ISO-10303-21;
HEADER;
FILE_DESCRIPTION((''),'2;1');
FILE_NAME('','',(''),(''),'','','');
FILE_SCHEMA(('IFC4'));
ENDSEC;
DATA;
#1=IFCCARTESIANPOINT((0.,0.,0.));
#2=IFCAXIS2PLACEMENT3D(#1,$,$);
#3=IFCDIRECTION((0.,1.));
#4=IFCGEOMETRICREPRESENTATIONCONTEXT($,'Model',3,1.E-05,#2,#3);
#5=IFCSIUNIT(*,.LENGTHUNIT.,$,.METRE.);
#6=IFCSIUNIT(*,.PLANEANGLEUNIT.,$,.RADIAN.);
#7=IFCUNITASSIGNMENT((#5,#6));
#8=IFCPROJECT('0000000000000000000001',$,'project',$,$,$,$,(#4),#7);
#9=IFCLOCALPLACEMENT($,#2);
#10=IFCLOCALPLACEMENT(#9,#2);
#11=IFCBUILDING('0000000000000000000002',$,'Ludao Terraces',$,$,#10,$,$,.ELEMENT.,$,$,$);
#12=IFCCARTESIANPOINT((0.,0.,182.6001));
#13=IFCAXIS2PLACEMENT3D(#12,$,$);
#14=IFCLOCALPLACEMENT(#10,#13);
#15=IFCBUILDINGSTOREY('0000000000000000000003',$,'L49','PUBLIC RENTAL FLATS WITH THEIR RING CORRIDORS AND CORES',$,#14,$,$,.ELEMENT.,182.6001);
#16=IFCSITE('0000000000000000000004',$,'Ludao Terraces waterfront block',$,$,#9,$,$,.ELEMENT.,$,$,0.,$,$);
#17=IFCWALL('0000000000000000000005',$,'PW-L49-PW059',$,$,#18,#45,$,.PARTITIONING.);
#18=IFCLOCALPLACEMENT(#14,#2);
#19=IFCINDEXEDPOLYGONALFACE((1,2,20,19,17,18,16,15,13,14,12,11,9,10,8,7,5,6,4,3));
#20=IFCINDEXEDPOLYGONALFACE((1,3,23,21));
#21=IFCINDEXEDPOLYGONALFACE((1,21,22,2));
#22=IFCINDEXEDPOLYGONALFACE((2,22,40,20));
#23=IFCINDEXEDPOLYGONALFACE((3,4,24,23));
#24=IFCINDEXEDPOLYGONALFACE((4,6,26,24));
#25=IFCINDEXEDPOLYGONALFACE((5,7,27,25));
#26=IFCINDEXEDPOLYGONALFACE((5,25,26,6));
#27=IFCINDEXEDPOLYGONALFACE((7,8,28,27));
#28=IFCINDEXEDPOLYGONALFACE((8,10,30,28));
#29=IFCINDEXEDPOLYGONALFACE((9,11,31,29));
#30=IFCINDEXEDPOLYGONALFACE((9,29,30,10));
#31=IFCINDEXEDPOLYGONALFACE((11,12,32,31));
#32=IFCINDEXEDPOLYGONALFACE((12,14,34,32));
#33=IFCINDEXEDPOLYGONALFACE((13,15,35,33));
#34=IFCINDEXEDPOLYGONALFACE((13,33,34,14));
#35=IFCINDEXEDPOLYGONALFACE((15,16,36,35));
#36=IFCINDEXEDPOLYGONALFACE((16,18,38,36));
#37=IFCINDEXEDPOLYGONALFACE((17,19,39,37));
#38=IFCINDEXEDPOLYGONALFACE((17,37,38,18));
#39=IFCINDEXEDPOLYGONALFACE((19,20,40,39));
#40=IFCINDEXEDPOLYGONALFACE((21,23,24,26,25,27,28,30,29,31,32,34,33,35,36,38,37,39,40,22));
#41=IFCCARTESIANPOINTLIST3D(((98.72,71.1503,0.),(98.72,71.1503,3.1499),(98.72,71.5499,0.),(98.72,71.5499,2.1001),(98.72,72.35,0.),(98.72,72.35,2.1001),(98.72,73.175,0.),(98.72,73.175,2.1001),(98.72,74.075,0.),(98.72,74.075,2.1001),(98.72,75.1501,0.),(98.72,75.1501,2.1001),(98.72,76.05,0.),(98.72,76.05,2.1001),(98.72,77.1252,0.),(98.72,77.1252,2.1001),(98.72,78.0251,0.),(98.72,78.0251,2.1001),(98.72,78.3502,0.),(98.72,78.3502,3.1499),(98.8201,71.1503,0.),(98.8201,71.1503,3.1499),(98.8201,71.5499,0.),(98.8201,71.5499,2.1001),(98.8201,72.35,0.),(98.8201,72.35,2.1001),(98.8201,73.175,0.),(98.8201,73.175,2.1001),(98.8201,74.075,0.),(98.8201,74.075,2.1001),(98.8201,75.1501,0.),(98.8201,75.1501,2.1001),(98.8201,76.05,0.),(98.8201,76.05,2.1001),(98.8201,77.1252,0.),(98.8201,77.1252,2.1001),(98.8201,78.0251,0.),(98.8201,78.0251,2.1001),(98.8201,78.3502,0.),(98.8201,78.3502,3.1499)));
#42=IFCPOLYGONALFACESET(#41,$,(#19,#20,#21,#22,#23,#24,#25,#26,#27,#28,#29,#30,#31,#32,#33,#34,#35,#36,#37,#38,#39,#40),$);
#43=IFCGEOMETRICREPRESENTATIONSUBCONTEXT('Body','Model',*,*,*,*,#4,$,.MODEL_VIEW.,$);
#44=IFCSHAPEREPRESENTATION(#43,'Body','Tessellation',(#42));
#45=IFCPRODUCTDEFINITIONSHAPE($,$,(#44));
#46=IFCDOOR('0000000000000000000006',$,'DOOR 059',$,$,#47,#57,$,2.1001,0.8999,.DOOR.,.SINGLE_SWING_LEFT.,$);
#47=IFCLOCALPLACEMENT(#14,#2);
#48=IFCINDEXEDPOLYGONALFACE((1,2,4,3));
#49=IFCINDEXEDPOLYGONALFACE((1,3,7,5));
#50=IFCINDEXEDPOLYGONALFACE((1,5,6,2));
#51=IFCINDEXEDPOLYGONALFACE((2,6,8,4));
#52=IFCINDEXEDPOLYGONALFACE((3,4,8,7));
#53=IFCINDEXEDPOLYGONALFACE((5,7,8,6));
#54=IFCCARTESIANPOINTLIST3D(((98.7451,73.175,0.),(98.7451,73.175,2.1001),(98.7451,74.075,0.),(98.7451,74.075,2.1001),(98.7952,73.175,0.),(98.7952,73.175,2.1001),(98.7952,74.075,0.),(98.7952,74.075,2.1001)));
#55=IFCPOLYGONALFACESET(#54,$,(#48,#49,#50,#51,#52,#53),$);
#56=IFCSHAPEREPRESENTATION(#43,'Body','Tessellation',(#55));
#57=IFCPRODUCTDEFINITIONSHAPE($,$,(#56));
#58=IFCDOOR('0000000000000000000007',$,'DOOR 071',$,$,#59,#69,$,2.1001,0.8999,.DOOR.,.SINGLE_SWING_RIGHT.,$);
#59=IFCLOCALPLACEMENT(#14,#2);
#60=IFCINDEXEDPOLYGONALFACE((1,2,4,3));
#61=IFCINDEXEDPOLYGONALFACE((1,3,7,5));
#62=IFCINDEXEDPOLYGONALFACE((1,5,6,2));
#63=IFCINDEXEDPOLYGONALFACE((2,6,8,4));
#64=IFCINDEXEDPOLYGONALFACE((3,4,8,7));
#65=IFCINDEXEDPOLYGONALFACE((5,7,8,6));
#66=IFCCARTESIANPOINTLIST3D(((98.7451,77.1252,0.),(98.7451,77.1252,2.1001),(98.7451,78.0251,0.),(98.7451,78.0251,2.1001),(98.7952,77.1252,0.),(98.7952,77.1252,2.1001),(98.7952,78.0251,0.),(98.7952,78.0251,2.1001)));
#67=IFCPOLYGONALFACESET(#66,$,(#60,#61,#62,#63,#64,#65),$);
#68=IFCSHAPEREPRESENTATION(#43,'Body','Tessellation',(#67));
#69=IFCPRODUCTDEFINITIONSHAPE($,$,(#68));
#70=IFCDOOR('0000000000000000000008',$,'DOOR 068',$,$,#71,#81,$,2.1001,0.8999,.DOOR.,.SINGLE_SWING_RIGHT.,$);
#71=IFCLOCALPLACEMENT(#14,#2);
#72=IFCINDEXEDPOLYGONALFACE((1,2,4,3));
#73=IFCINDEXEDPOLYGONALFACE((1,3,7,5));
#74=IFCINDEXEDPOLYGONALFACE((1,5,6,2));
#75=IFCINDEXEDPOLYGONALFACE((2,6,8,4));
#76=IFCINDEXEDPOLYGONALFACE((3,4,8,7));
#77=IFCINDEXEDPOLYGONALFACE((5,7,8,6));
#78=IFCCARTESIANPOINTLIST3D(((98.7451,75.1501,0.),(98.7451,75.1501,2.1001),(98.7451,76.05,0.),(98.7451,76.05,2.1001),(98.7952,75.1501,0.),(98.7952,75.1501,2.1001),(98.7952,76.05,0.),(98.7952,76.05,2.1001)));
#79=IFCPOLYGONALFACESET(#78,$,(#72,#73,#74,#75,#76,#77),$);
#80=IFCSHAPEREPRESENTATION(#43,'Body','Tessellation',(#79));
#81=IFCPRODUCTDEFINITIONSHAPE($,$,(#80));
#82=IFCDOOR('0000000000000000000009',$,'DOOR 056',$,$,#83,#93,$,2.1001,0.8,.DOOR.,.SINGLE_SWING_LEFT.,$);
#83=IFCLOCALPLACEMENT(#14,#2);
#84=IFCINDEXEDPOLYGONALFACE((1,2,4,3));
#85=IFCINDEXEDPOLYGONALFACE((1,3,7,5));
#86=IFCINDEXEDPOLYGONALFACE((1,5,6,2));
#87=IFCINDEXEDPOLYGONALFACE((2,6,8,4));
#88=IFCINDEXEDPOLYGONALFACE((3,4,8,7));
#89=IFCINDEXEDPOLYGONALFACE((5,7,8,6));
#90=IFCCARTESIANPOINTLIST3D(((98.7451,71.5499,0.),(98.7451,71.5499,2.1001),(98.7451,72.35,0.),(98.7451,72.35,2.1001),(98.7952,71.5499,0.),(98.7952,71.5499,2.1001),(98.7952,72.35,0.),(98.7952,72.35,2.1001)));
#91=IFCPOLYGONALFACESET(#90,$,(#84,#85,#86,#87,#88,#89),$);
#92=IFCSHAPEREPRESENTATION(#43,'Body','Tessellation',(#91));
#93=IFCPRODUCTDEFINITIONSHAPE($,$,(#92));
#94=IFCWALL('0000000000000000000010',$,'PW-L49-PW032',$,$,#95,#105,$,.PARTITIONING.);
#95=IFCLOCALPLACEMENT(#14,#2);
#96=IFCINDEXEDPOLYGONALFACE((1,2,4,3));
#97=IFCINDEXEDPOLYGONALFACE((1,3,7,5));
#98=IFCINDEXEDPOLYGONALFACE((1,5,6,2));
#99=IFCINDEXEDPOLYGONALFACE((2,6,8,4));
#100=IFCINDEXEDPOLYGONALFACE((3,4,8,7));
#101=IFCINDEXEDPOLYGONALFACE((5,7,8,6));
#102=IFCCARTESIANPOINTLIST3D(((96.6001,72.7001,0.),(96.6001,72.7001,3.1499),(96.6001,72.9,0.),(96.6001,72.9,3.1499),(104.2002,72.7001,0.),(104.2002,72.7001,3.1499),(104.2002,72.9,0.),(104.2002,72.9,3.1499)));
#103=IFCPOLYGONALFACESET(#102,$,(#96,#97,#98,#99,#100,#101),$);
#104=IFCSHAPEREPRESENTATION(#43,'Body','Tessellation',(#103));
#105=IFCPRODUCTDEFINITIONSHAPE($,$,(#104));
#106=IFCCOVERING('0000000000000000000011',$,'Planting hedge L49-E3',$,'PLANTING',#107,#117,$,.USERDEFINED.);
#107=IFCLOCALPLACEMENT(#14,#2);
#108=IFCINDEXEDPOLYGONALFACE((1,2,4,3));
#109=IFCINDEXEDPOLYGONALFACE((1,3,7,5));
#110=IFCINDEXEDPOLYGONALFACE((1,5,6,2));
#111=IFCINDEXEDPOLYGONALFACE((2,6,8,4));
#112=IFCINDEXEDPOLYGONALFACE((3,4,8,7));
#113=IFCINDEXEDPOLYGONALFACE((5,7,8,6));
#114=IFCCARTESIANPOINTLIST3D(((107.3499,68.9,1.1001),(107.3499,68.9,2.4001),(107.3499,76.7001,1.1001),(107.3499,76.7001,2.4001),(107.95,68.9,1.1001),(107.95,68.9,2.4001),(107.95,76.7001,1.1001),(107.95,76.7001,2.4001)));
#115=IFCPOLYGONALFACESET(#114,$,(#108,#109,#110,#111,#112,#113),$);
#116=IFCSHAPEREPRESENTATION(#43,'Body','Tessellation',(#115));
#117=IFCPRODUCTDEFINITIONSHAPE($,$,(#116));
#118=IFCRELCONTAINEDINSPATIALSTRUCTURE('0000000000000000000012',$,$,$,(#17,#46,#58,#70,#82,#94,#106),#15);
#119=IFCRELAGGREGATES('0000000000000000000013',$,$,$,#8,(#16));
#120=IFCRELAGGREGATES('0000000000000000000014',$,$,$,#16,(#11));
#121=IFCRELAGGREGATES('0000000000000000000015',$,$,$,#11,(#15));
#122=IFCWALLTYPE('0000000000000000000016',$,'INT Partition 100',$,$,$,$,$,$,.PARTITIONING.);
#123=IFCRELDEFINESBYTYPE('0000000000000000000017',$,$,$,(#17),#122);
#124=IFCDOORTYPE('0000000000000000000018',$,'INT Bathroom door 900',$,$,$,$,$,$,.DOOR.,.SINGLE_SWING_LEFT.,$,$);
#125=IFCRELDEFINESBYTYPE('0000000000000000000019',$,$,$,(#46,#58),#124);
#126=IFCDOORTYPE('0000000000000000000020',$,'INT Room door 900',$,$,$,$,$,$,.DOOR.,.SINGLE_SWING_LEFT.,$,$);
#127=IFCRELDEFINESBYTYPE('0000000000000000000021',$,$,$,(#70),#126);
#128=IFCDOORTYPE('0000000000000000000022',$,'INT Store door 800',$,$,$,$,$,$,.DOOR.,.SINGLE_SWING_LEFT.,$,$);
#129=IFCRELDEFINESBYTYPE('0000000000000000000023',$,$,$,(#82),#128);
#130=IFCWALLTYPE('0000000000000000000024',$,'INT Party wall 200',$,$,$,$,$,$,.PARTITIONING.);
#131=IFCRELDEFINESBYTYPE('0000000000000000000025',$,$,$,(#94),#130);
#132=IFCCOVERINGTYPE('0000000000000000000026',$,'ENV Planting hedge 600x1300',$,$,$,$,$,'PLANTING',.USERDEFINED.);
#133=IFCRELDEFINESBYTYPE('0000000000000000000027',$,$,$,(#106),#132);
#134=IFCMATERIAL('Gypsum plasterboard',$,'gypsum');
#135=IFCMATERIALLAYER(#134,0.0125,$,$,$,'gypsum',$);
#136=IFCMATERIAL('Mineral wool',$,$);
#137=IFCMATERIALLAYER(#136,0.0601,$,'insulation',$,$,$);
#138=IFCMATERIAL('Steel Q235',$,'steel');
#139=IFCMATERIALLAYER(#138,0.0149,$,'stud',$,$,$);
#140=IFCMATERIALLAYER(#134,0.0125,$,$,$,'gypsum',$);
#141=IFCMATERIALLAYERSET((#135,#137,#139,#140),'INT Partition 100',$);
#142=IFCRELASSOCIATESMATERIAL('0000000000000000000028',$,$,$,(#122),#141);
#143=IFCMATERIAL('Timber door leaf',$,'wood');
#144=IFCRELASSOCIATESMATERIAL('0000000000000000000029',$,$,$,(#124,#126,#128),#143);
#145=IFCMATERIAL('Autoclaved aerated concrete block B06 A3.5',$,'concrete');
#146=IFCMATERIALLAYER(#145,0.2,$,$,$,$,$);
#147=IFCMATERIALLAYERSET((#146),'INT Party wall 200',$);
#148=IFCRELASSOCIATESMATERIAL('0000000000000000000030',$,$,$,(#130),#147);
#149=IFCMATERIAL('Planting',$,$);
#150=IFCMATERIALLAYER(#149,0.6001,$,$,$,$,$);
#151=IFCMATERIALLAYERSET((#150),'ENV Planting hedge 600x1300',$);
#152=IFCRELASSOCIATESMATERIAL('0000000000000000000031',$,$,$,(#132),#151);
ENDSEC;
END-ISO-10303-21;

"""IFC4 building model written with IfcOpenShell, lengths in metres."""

from ifc_helpers import new_model, si_unit, direction, frame, frame_2d, origin, origin_2d, place, context, subcontext, project, spatial, rectangle, extrude, material, layer, layer_set, type_object, element, fill, save


model = new_model("IFC4")

# Units and contexts
model_context = context("Model", 3, precision=1e-05, world=origin(), true_north=direction((0.0, 1.0)))
body_context = subcontext(model_context, "Body", "Model", "MODEL_VIEW")
ifc_project = project(units=[si_unit("LENGTHUNIT", "METRE"), si_unit("PLANEANGLEUNIT", "RADIAN")], contexts=[model_context])

# Site, building, storey
site_placement = place(None, origin())
site = spatial("IfcSite", under=ifc_project, at=site_placement, Name="Ludao Terraces waterfront block", CompositionType="ELEMENT", RefElevation=0.0)
building_placement = place(site_placement, origin())
building = spatial("IfcBuilding", under=site, at=building_placement, Name="Ludao Terraces", CompositionType="ELEMENT")
storey_placement = place(building_placement, frame((0.0, 0.0, 182.6001)))
storey = spatial("IfcBuildingStorey", under=building, at=storey_placement, Name="L49", Description="PUBLIC RENTAL FLATS WITH THEIR RING CORRIDORS AND CORES", CompositionType="ELEMENT", Elevation=182.6001)

# Shared definitions
ifc_material_1 = material(Name="Mineral wool")

# Shared definitions
ifc_material_2 = material(Name="Gypsum plasterboard", Category="gypsum")
ifc_layer_1 = layer(ifc_material_2, 0.0125, Category="gypsum")
ifc_layer_2 = layer(ifc_material_1, 0.0601, Name="insulation")
ifc_material_3 = material(Name="Steel Q235", Category="steel")
ifc_layer_3 = layer(ifc_material_3, 0.0149, Name="stud")
ifc_layer_4 = layer(ifc_material_2, 0.0125, Category="gypsum")
ifc_layer_set_1 = layer_set([ifc_layer_1, ifc_layer_2, ifc_layer_3, ifc_layer_4], Name="INT Partition 100")
wall_type_1 = type_object("IfcWallType", Name="INT Partition 100", PredefinedType="PARTITIONING", material=ifc_layer_set_1)

# Wall, openings, doors
wall_1_placement = place(storey_placement, frame((98.77, 71.1501, 0.0), z_axis=(0.0, 0.0, 1.0), x_axis=(0.0, 1.0, 0.0)))
wall_1 = element("IfcWall", 1, at=wall_1_placement, inside=storey, type_object=wall_type_1, Name="PW-L49-PW059", PredefinedType="PARTITIONING", context=body_context, shape_type="SweptSolid", body=[
    extrude(rectangle(XDim=7.2, YDim=0.1001, at=frame_2d((3.6001, 0.0))), origin(), (0.0, 0.0, 1.0), 3.1499),
])
opening_1_placement = place(wall_1_placement, frame((0.3999, 0.0, 0.0)))
opening_1 = element("IfcOpeningElement", 2, at=opening_1_placement, cuts=wall_1, PredefinedType="OPENING", context=body_context, shape_type="SweptSolid", body=[
    extrude(rectangle(XDim=0.8, YDim=2.1001, at=frame_2d((0.3999, 1.05))), frame((0.0, 0.0601, 0.0), z_axis=(0.0, -1.0, 0.0), x_axis=(1.0, 0.0, 0.0)), (0.0, 0.0, 1.0), 0.1201),
])
opening_2_placement = place(wall_1_placement, frame((2.0249, 0.0, 0.0)))
opening_2 = element("IfcOpeningElement", 3, at=opening_2_placement, cuts=wall_1, PredefinedType="OPENING", context=body_context, shape_type="SweptSolid", body=[
    extrude(rectangle(XDim=0.8999, YDim=2.1001, at=frame_2d((0.45, 1.05))), frame((0.0, 0.0601, 0.0), z_axis=(0.0, -1.0, 0.0), x_axis=(1.0, 0.0, 0.0)), (0.0, 0.0, 1.0), 0.1201),
])
opening_3_placement = place(wall_1_placement, frame((4.0, 0.0, 0.0)))
opening_3 = element("IfcOpeningElement", 4, at=opening_3_placement, cuts=wall_1, PredefinedType="OPENING", context=body_context, shape_type="SweptSolid", body=[
    extrude(rectangle(XDim=0.8999, YDim=2.1001, at=frame_2d((0.45, 1.05))), frame((0.0, 0.0601, 0.0), z_axis=(0.0, -1.0, 0.0), x_axis=(1.0, 0.0, 0.0)), (0.0, 0.0, 1.0), 0.1201),
])
opening_4_placement = place(wall_1_placement, frame((5.9751, 0.0, 0.0)))
opening_4 = element("IfcOpeningElement", 5, at=opening_4_placement, cuts=wall_1, PredefinedType="OPENING", context=body_context, shape_type="SweptSolid", body=[
    extrude(rectangle(XDim=0.8999, YDim=2.1001, at=frame_2d((0.45, 1.05))), frame((0.0, 0.0601, 0.0), z_axis=(0.0, -1.0, 0.0), x_axis=(1.0, 0.0, 0.0)), (0.0, 0.0, 1.0), 0.1201),
])
ifc_material_4 = material(Name="Timber door leaf", Category="wood")
door_type_1 = type_object("IfcDoorType", Name="INT Bathroom door 900", OperationType="SINGLE_SWING_LEFT", PredefinedType="DOOR", material=ifc_material_4)
door_1_placement = place(opening_2_placement, origin())
door_1 = element("IfcDoor", 6, at=door_1_placement, inside=storey, type_object=door_type_1, Name="DOOR 059", OperationType="SINGLE_SWING_LEFT", OverallHeight=2.1001, OverallWidth=0.8999, PredefinedType="DOOR", context=body_context, shape_type="SweptSolid", body=[
    extrude(rectangle(XDim=0.8999, YDim=2.1001, at=frame_2d((0.45, 1.05))), frame((0.0, 0.0249, 0.0), z_axis=(0.0, -1.0, 0.0), x_axis=(1.0, 0.0, 0.0)), (0.0, 0.0, 1.0), 0.05),
])
fill(opening_2, door_1)
door_2_placement = place(opening_4_placement, origin())
door_2 = element("IfcDoor", 7, at=door_2_placement, inside=storey, type_object=door_type_1, Name="DOOR 071", OperationType="SINGLE_SWING_RIGHT", OverallHeight=2.1001, OverallWidth=0.8999, PredefinedType="DOOR", context=body_context, shape_type="SweptSolid", body=[
    extrude(rectangle(XDim=0.8999, YDim=2.1001, at=frame_2d((0.45, 1.05))), frame((0.0, 0.0249, 0.0), z_axis=(0.0, -1.0, 0.0), x_axis=(1.0, 0.0, 0.0)), (0.0, 0.0, 1.0), 0.05),
])
fill(opening_4, door_2)
door_type_2 = type_object("IfcDoorType", Name="INT Room door 900", OperationType="SINGLE_SWING_LEFT", PredefinedType="DOOR", material=ifc_material_4)
door_3_placement = place(opening_3_placement, origin())
door_3 = element("IfcDoor", 8, at=door_3_placement, inside=storey, type_object=door_type_2, Name="DOOR 068", OperationType="SINGLE_SWING_RIGHT", OverallHeight=2.1001, OverallWidth=0.8999, PredefinedType="DOOR", context=body_context, shape_type="SweptSolid", body=[
    extrude(rectangle(XDim=0.8999, YDim=2.1001, at=frame_2d((0.45, 1.05))), frame((0.0, 0.0249, 0.0), z_axis=(0.0, -1.0, 0.0), x_axis=(1.0, 0.0, 0.0)), (0.0, 0.0, 1.0), 0.05),
])
fill(opening_3, door_3)
door_type_3 = type_object("IfcDoorType", Name="INT Store door 800", OperationType="SINGLE_SWING_LEFT", PredefinedType="DOOR", material=ifc_material_4)
door_4_placement = place(opening_1_placement, origin())
door_4 = element("IfcDoor", 9, at=door_4_placement, inside=storey, type_object=door_type_3, Name="DOOR 056", OperationType="SINGLE_SWING_LEFT", OverallHeight=2.1001, OverallWidth=0.8, PredefinedType="DOOR", context=body_context, shape_type="SweptSolid", body=[
    extrude(rectangle(XDim=0.8, YDim=2.1001, at=frame_2d((0.3999, 1.05))), frame((0.0, 0.0249, 0.0), z_axis=(0.0, -1.0, 0.0), x_axis=(1.0, 0.0, 0.0)), (0.0, 0.0, 1.0), 0.05),
])
fill(opening_1, door_4)

# Wall
ifc_material_5 = material(Name="Autoclaved aerated concrete block B06 A3.5", Category="concrete")
ifc_layer_5 = layer(ifc_material_5, 0.2)
ifc_layer_set_2 = layer_set([ifc_layer_5], Name="INT Party wall 200")
wall_type_2 = type_object("IfcWallType", Name="INT Party wall 200", PredefinedType="PARTITIONING", material=ifc_layer_set_2)
wall_2_placement = place(storey_placement, frame((96.6001, 72.8, 0.0), z_axis=(0.0, 0.0, 1.0), x_axis=(1.0, 0.0, 0.0)))
element("IfcWall", 10, at=wall_2_placement, inside=storey, type_object=wall_type_2, Name="PW-L49-PW032", PredefinedType="PARTITIONING", context=body_context, shape_type="SweptSolid", body=[
    extrude(rectangle(XDim=7.6001, YDim=0.2, at=frame_2d((3.8, 0.0))), origin(), (0.0, 0.0, 1.0), 3.1499),
])

# Covering
ifc_material_6 = material(Name="Planting")
ifc_layer_6 = layer(ifc_material_6, 0.6001)
ifc_layer_set_3 = layer_set([ifc_layer_6], Name="ENV Planting hedge 600x1300")
covering_type = type_object("IfcCoveringType", Name="ENV Planting hedge 600x1300", ElementType="PLANTING", PredefinedType="USERDEFINED", material=ifc_layer_set_3)
covering_placement = place(storey_placement, frame((107.6499, 72.8, 1.1001), z_axis=(0.0, 0.0, 1.0), x_axis=(1.0, 0.0, 0.0)))
element("IfcCovering", 11, at=covering_placement, inside=storey, type_object=covering_type, Name="Planting hedge L49-E3", ObjectType="PLANTING", PredefinedType="USERDEFINED", context=body_context, shape_type="SweptSolid", body=[
    extrude(rectangle(XDim=0.6001, YDim=7.8, at=origin_2d()), origin(), (0.0, 0.0, 1.0), 1.3),
])

save(model, "model.ifc")
